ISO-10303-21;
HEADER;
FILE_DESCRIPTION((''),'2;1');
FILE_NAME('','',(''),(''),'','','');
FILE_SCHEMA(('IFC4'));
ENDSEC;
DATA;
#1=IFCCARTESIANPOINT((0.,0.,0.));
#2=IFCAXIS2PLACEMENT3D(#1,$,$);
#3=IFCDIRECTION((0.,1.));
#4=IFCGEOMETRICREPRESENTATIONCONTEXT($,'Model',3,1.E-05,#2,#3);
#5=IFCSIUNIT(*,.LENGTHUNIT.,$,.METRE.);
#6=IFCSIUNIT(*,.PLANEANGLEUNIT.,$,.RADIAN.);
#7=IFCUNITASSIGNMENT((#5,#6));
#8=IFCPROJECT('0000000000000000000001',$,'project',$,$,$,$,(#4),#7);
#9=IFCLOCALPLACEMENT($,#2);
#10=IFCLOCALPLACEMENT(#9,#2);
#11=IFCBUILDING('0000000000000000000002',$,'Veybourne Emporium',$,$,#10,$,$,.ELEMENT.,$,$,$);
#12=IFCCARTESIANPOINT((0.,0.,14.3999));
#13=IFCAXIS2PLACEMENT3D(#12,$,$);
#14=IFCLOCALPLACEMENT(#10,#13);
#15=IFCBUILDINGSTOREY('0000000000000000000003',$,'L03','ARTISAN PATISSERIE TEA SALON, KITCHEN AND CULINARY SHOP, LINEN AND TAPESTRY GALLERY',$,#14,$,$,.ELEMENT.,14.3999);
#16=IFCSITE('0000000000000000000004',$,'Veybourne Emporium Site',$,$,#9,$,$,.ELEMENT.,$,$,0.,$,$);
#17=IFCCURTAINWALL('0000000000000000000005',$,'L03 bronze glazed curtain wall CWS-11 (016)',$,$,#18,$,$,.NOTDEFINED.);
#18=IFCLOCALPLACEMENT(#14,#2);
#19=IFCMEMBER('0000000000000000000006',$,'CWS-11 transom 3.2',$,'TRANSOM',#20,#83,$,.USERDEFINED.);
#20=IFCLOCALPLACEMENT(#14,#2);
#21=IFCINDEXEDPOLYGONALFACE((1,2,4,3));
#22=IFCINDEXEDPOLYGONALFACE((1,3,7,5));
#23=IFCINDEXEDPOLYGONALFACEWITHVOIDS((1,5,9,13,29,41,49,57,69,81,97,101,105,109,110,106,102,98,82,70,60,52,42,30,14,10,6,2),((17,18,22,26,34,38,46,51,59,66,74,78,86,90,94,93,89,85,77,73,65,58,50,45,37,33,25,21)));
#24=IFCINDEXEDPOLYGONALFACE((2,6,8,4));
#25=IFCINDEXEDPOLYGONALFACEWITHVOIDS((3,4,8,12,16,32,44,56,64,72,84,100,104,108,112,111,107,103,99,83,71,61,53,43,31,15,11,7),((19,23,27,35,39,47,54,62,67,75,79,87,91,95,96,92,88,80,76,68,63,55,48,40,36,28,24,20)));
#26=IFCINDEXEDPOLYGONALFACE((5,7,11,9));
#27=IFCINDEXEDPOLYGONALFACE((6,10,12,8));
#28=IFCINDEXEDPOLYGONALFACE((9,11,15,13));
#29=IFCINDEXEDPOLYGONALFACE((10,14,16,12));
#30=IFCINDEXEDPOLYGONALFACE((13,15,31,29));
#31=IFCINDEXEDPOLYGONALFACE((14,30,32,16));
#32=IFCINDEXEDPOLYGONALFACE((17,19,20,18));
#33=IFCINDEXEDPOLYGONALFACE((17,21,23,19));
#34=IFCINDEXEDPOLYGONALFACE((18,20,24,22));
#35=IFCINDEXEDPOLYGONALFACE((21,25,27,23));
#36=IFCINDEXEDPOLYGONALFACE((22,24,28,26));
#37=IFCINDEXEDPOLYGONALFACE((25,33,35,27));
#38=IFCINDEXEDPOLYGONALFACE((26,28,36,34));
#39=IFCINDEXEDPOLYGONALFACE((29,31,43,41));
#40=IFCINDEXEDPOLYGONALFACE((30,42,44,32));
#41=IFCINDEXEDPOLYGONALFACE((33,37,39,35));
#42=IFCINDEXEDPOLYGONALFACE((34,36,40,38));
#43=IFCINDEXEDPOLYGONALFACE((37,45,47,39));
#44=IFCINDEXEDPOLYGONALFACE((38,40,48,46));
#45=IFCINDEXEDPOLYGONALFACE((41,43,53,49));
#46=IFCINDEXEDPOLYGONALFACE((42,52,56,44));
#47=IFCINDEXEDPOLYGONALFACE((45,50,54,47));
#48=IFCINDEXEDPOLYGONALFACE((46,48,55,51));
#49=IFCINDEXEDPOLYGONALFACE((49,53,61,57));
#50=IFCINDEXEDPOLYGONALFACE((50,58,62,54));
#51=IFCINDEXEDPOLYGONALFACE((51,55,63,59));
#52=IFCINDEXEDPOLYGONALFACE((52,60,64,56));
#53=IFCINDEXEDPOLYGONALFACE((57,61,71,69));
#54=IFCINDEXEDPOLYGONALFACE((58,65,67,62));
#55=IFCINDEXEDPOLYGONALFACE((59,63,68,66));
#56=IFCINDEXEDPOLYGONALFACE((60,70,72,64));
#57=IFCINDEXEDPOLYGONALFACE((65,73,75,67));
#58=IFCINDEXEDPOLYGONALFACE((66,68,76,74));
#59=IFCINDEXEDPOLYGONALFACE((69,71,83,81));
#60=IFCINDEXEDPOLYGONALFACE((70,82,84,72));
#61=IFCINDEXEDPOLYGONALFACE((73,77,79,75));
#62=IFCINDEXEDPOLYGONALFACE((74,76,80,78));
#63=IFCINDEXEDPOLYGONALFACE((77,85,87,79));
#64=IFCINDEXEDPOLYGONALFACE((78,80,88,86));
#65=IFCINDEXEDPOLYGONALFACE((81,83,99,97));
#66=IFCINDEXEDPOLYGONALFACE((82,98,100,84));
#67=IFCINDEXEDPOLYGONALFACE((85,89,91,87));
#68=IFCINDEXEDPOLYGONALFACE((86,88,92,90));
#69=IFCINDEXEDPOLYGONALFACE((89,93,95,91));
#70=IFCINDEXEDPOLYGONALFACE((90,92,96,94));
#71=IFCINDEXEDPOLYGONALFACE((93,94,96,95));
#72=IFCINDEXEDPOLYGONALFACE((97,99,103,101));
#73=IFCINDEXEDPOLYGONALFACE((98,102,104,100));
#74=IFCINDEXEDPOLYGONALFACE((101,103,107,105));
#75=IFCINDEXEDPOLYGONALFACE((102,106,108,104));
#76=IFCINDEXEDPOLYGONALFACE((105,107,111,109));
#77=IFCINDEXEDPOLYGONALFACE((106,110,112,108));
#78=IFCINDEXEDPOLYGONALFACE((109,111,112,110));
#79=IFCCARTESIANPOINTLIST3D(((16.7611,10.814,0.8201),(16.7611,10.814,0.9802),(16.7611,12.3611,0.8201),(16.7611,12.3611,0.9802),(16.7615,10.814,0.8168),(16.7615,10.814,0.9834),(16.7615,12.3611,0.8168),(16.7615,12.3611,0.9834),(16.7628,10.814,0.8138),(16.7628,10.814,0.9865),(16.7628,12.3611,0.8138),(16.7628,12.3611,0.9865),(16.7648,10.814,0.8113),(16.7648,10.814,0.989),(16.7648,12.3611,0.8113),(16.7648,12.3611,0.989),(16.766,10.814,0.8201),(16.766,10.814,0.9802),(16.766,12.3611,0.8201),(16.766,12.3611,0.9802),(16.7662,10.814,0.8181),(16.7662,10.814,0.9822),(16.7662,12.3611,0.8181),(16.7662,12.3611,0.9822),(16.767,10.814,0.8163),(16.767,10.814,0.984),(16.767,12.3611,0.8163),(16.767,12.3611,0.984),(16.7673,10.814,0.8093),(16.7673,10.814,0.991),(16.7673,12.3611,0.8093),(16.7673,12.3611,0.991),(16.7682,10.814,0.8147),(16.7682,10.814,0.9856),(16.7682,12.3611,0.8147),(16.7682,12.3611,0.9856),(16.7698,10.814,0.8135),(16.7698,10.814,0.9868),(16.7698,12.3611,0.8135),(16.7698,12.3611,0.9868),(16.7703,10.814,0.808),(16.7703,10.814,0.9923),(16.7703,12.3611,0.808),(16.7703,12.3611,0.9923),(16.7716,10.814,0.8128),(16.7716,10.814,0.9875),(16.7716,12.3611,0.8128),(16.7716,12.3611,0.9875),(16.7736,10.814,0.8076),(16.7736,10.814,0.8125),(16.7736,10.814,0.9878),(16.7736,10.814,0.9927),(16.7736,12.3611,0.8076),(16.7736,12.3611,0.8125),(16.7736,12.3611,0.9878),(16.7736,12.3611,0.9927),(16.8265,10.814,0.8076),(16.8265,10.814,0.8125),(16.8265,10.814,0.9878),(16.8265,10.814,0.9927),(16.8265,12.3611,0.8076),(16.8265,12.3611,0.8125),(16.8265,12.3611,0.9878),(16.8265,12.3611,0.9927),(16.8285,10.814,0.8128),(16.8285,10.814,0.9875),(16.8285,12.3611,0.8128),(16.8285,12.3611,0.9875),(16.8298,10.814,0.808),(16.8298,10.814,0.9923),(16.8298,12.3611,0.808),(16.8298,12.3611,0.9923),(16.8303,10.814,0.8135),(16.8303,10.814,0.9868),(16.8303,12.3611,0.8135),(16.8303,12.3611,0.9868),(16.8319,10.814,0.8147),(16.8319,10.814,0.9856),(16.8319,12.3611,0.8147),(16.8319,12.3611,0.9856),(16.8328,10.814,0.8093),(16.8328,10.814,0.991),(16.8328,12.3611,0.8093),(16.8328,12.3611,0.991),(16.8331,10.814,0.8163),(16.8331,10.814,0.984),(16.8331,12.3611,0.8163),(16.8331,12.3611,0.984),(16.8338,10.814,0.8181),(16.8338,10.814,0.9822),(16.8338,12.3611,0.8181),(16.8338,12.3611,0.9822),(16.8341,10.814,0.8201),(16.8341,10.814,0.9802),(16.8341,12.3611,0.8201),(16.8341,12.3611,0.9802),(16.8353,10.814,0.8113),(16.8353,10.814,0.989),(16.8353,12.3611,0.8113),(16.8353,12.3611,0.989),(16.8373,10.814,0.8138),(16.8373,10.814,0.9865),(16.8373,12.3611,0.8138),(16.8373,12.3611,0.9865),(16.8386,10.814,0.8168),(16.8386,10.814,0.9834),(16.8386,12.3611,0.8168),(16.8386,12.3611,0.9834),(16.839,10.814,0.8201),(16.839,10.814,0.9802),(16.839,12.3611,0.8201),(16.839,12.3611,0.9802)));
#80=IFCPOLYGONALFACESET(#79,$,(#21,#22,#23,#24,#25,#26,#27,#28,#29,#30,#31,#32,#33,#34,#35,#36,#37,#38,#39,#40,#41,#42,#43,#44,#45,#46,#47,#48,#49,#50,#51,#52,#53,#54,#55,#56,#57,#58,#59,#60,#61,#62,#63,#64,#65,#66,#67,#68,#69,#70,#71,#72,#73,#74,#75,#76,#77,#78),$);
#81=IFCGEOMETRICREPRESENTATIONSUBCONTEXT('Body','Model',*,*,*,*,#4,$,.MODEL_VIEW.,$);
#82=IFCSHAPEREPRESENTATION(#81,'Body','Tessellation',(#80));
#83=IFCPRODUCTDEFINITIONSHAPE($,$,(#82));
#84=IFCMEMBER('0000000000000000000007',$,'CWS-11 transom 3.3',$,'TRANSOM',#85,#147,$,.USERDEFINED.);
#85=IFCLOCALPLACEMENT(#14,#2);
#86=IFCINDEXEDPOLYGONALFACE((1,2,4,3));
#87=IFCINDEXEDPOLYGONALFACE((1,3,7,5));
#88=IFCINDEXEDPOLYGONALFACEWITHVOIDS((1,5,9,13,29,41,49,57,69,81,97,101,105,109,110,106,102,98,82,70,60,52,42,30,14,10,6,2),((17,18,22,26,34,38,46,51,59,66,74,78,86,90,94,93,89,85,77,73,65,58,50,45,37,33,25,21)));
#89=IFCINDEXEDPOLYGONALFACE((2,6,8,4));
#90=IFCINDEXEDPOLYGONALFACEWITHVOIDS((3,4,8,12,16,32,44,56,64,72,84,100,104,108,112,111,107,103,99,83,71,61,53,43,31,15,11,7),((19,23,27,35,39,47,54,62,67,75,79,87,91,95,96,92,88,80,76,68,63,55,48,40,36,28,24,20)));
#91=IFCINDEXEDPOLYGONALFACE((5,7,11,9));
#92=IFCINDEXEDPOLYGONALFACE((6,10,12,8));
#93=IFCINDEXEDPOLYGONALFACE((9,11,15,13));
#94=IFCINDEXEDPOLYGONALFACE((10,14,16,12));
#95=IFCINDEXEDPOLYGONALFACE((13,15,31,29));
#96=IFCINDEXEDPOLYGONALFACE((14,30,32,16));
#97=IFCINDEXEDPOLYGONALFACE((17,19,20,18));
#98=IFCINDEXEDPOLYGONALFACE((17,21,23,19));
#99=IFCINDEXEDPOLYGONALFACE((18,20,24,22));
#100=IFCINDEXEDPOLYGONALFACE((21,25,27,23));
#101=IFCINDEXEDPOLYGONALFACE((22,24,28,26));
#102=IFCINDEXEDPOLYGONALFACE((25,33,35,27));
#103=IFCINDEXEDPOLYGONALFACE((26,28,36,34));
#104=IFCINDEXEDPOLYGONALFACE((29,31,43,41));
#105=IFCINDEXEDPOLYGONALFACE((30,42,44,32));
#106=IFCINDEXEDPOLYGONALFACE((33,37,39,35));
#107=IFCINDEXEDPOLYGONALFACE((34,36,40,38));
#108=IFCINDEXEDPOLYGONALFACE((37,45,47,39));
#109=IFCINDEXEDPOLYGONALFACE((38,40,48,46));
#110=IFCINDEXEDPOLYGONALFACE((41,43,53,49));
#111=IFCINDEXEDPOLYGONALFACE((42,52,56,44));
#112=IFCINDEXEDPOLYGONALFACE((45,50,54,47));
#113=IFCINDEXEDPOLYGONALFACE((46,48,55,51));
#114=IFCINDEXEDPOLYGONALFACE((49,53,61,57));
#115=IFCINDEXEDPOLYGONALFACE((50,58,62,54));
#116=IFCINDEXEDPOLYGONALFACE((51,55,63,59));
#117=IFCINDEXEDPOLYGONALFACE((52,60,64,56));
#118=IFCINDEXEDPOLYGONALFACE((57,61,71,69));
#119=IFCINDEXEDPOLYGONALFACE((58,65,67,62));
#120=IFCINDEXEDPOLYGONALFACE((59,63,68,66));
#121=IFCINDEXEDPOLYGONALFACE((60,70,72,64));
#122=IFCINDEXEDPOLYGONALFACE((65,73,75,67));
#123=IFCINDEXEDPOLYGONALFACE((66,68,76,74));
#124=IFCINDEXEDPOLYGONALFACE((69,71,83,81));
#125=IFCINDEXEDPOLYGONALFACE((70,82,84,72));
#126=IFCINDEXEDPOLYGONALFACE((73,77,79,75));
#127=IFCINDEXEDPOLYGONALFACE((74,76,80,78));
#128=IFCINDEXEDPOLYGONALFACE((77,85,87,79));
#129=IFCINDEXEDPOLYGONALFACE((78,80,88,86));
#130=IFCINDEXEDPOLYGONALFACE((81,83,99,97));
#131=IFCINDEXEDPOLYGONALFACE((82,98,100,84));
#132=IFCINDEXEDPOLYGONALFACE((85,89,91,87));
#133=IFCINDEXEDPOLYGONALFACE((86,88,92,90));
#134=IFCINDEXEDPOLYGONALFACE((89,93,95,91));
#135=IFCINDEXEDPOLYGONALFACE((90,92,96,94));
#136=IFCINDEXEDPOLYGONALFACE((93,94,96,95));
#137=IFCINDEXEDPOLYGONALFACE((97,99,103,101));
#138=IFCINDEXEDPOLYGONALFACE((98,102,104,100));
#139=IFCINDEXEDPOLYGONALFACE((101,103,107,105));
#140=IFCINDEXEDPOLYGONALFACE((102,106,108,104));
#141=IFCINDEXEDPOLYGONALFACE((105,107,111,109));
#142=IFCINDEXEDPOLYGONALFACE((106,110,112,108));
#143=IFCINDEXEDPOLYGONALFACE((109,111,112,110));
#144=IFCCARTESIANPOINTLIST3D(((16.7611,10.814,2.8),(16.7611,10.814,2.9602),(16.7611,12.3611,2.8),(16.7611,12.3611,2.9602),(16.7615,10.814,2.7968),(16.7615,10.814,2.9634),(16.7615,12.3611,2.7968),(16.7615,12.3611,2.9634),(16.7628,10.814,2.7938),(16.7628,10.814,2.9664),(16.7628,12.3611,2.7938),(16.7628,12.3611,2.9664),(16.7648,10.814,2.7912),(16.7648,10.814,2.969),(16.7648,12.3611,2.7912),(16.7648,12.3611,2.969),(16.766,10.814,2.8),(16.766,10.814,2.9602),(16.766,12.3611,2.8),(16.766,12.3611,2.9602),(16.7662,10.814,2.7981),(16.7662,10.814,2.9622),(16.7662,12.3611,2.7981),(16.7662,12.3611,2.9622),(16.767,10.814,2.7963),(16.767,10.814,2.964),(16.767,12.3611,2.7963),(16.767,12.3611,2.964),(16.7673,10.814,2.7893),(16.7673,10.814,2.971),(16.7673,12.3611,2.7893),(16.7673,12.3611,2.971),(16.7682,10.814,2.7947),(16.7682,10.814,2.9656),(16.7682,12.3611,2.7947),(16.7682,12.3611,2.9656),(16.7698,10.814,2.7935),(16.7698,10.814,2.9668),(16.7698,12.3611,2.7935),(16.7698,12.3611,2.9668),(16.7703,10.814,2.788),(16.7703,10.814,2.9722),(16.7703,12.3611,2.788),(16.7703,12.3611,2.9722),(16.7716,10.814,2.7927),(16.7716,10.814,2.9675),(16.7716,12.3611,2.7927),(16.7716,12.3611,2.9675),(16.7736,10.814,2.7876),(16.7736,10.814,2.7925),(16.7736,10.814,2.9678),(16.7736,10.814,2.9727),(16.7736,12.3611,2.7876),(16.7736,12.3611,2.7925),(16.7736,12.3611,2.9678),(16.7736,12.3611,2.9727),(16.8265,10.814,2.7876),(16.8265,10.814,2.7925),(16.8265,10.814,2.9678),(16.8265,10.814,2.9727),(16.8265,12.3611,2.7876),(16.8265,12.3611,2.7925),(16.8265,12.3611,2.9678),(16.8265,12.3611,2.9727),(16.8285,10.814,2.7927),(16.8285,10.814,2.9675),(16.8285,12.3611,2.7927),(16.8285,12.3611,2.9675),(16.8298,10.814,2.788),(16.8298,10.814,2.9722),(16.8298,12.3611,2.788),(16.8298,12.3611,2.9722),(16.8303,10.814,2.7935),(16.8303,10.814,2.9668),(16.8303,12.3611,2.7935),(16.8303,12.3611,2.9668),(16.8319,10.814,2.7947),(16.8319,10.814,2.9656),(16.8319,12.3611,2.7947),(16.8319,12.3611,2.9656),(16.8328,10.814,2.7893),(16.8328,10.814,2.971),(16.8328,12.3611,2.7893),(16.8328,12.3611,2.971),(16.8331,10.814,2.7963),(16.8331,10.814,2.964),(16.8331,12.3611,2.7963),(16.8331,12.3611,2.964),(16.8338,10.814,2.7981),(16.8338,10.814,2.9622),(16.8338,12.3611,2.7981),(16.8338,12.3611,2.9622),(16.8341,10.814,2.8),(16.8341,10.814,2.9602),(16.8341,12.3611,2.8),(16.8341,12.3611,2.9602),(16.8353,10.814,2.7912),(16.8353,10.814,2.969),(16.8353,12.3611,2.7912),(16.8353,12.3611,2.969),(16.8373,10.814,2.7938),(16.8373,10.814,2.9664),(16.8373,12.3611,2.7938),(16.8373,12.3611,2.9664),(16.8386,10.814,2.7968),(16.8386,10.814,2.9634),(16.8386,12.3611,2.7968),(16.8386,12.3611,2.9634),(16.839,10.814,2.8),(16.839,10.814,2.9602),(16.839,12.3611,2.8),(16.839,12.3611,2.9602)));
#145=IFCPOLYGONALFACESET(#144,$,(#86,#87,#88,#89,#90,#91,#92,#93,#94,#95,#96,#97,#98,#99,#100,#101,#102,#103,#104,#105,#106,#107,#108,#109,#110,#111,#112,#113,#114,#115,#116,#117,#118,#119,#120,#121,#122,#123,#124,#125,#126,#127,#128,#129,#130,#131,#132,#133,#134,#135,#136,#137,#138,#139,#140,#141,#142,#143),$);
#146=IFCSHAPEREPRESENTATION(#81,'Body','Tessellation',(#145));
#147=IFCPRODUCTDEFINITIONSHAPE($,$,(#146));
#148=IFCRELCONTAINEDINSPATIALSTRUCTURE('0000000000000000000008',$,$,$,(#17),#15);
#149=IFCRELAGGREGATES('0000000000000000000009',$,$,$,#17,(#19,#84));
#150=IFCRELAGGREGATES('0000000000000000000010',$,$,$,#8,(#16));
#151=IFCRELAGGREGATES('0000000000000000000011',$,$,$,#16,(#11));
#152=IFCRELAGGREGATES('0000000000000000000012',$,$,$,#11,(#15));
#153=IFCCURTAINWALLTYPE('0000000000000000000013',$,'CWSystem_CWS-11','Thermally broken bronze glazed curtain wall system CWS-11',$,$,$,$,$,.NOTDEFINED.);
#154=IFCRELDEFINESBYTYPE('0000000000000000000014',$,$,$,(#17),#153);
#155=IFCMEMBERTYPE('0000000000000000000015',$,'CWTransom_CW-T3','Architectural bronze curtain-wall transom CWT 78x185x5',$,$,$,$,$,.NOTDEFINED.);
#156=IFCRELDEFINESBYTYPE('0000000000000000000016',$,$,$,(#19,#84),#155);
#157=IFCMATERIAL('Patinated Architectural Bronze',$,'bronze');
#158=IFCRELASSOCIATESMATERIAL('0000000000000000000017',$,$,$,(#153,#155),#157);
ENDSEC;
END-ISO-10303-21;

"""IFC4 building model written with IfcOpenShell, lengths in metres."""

from ifc_helpers import new_model, si_unit, direction, frame, origin, origin_2d, place, context, subcontext, project, spatial, hollow_rectangle, extrude, material, material_profile, profile_set, type_object, element, aggregate, save


model = new_model("IFC4")

# Units and contexts
model_context = context("Model", 3, precision=1e-05, world=origin(), true_north=direction((0.0, 1.0)))
body_context = subcontext(model_context, "Body", "Model", "MODEL_VIEW")
ifc_project = project(units=[si_unit("LENGTHUNIT", "METRE"), si_unit("PLANEANGLEUNIT", "RADIAN")], contexts=[model_context])

# Site, building, storey
site_placement = place(None, origin())
site = spatial("IfcSite", under=ifc_project, at=site_placement, Name="Veybourne Emporium Site", CompositionType="ELEMENT", RefElevation=0.0)
building_placement = place(site_placement, origin())
building = spatial("IfcBuilding", under=site, at=building_placement, Name="Veybourne Emporium", CompositionType="ELEMENT")
storey_placement = place(building_placement, frame((0.0, 0.0, 14.3999)))
storey = spatial("IfcBuildingStorey", under=building, at=storey_placement, Name="L03", Description="ARTISAN PATISSERIE TEA SALON, KITCHEN AND CULINARY SHOP, LINEN AND TAPESTRY GALLERY", CompositionType="ELEMENT", Elevation=14.3999)

# Curtain wall, members
ifc_material_1 = material(Name="Patinated Architectural Bronze", Category="bronze")
curtain_wall_type = type_object("IfcCurtainWallType", Name="CWSystem_CWS-11", Description="Thermally broken bronze glazed curtain wall system CWS-11", PredefinedType="NOTDEFINED", material=ifc_material_1)
curtain_wall_placement = place(storey_placement, origin())
curtain_wall = element("IfcCurtainWall", 1, at=curtain_wall_placement, inside=storey, type_object=curtain_wall_type, Name="L03 bronze glazed curtain wall CWS-11 (016)", PredefinedType="NOTDEFINED")
ifc_material_profile_1 = material_profile(ifc_material_1, hollow_rectangle(XDim=0.0779, YDim=0.1851, WallThickness=0.0049, InnerFilletRadius=0.0076, OuterFilletRadius=0.0125, at=origin_2d()), Name="CWT 78x185x5")
ifc_profile_set_1 = profile_set([ifc_material_profile_1], Name="Patinated Architectural Bronze")
member_type_1 = type_object("IfcMemberType", Name="CWTransom_CW-T3", Description="Architectural bronze curtain-wall transom CWT 78x185x5", PredefinedType="NOTDEFINED", material=ifc_profile_set_1)
member_1_placement = place(storey_placement, frame((16.8, 10.814, 0.9001), z_axis=(0.0, 1.0, 0.0), x_axis=(-1.0, 0.0, 0.0)))
member_1 = element("IfcMember", 2, at=member_1_placement, type_object=member_type_1, Name="CWS-11 transom 3.2", ObjectType="TRANSOM", PredefinedType="USERDEFINED", context=body_context, shape_type="SweptSolid", body=[
    extrude(hollow_rectangle(XDim=0.0779, YDim=0.1851, WallThickness=0.0049, InnerFilletRadius=0.0076, OuterFilletRadius=0.0125, at=origin_2d()), origin(), (0.0, 0.0, 1.0), 1.5471),
])
member_2_placement = place(storey_placement, frame((16.8, 10.814, 2.8801), z_axis=(0.0, 1.0, 0.0), x_axis=(-1.0, 0.0, 0.0)))
member_2 = element("IfcMember", 3, at=member_2_placement, type_object=member_type_1, Name="CWS-11 transom 3.3", ObjectType="TRANSOM", PredefinedType="USERDEFINED", context=body_context, shape_type="SweptSolid", body=[
    extrude(hollow_rectangle(XDim=0.0779, YDim=0.1851, WallThickness=0.0049, InnerFilletRadius=0.0076, OuterFilletRadius=0.0125, at=origin_2d()), origin(), (0.0, 0.0, 1.0), 1.5471),
])
aggregate(curtain_wall, [member_1, member_2])

save(model, "model.ifc")
